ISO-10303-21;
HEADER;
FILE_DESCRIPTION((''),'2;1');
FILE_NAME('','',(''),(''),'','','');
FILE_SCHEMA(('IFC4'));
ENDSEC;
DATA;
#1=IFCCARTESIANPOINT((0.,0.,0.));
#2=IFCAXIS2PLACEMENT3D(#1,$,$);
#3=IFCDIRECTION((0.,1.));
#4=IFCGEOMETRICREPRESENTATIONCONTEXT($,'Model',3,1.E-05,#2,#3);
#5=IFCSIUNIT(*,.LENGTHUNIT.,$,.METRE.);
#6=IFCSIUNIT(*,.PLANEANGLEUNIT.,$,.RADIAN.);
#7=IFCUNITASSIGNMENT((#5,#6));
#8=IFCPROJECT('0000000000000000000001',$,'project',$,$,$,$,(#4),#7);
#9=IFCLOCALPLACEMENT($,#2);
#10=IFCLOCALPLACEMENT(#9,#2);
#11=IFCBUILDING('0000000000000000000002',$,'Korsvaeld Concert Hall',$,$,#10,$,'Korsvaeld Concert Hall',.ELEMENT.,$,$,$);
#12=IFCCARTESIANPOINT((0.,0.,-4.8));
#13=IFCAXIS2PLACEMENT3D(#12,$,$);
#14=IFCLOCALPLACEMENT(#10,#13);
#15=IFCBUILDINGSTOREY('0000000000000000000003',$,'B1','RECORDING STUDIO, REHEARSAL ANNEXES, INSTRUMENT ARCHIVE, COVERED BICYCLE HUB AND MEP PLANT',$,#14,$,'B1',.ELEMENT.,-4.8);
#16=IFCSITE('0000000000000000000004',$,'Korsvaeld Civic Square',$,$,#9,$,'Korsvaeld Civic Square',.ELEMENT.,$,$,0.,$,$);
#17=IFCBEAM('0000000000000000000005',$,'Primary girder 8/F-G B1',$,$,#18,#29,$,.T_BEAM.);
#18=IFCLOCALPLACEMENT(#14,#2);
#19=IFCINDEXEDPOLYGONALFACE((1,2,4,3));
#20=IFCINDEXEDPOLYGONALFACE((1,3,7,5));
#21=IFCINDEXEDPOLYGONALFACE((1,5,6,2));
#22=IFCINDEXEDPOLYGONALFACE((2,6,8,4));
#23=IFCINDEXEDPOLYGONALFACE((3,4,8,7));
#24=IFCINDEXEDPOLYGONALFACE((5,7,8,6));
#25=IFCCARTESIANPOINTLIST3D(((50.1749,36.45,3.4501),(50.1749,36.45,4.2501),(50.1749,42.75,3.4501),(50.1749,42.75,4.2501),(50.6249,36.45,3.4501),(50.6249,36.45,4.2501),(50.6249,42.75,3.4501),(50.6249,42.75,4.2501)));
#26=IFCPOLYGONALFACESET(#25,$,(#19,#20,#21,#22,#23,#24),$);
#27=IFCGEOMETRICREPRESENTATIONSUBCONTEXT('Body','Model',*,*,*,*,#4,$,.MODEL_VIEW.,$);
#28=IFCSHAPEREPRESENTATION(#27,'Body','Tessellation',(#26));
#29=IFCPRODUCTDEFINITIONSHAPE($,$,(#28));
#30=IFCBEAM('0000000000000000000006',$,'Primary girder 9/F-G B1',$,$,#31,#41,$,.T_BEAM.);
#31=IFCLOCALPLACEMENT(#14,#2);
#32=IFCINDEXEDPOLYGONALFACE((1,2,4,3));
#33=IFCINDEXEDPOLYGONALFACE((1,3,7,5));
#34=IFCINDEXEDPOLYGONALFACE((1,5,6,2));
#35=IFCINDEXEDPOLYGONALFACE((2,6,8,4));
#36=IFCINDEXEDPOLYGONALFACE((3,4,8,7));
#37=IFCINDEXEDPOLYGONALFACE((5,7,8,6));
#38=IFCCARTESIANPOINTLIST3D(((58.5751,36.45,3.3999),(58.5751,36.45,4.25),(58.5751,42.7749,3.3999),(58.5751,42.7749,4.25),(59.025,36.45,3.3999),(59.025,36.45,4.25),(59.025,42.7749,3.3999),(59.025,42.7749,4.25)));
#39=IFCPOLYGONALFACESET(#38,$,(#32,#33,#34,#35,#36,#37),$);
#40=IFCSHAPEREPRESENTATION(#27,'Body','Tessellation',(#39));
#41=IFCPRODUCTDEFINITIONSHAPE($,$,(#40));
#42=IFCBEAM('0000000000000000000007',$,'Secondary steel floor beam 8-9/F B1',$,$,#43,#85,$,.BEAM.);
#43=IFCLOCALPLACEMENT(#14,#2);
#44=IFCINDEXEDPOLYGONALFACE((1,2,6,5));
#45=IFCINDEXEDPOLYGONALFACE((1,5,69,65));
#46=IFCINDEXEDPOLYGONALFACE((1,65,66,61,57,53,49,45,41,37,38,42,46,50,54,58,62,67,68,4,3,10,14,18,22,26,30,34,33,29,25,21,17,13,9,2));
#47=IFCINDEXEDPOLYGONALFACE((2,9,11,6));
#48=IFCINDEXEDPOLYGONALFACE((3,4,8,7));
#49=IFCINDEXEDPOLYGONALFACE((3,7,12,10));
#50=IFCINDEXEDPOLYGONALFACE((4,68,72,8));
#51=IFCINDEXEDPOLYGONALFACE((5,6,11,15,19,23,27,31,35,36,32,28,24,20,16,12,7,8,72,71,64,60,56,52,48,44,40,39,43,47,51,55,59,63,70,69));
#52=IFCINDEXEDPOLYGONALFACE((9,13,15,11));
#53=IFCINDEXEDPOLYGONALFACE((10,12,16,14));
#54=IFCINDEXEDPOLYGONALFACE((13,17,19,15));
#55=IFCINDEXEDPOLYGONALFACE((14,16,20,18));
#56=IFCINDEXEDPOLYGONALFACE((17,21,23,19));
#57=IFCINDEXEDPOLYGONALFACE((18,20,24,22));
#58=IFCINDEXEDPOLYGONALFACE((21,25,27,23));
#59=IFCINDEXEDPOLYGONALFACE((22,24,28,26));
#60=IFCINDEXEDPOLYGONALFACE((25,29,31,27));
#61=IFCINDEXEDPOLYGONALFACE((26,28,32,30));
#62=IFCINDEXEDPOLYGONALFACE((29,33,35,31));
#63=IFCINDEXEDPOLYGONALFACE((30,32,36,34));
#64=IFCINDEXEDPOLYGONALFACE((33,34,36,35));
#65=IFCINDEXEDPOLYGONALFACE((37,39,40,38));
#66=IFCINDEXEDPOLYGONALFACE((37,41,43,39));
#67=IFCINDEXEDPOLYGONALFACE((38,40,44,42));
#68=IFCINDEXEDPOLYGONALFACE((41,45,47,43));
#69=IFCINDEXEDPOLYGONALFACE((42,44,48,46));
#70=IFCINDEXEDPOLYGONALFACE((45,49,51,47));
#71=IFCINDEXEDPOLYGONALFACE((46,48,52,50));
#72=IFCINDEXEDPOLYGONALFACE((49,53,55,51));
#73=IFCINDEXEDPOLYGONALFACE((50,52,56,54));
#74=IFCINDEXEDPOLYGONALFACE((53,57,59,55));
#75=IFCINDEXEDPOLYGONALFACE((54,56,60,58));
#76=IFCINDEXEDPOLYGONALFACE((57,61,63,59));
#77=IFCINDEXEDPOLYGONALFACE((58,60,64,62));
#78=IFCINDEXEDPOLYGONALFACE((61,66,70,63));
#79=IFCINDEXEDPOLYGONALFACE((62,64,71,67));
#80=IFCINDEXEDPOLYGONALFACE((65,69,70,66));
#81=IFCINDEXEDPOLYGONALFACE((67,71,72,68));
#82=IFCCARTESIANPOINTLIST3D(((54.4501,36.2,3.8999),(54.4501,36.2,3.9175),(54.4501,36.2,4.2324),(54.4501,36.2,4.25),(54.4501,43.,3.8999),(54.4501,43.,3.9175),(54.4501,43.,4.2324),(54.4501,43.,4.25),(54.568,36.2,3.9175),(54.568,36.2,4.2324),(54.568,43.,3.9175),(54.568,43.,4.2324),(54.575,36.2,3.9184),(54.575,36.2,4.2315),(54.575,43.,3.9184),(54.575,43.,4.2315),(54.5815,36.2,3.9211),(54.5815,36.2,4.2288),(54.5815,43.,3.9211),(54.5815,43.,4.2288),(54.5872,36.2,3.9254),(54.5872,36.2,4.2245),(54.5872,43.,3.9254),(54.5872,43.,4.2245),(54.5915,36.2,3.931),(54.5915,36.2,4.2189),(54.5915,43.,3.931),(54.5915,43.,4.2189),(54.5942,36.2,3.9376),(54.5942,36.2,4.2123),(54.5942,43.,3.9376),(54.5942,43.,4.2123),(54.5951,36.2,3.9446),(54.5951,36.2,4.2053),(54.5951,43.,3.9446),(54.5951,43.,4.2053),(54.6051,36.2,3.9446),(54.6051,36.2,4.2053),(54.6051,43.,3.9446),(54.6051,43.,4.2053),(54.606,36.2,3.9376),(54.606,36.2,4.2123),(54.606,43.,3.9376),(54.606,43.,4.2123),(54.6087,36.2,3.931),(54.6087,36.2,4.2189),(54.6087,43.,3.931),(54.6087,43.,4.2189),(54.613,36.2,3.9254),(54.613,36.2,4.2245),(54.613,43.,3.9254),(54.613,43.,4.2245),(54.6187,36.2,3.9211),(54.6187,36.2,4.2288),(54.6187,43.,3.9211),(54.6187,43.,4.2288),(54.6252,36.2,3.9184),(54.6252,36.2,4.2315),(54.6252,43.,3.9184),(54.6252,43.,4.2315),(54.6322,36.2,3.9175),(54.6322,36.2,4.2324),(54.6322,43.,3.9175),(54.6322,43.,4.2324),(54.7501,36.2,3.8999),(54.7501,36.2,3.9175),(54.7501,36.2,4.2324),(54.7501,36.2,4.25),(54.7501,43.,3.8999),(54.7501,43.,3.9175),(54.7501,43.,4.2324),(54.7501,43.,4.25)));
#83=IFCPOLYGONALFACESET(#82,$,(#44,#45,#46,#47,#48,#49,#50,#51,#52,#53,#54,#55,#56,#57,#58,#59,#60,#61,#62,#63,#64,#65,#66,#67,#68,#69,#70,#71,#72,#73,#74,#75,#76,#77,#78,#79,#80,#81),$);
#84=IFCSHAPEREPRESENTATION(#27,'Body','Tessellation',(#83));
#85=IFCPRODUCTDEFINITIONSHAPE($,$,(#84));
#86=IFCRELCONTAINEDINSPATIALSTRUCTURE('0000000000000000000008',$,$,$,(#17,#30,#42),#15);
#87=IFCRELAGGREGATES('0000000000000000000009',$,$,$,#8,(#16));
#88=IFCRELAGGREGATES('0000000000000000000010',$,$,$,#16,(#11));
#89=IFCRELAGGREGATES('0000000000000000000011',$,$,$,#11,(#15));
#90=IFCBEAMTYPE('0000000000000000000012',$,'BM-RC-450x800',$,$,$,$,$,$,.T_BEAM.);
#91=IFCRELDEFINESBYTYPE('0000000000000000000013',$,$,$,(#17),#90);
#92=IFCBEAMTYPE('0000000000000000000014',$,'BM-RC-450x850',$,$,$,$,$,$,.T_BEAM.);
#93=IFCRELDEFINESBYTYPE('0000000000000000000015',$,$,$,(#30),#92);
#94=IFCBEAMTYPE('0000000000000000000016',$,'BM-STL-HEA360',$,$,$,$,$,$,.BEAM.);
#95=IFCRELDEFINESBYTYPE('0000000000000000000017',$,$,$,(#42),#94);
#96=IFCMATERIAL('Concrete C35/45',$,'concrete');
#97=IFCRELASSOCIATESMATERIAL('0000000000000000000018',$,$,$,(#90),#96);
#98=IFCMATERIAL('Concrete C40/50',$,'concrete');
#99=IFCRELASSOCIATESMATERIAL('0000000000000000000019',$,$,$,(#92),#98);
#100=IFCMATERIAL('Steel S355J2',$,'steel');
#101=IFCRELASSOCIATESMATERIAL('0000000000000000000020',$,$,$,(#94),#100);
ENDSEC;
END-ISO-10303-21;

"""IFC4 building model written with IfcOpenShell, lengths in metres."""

from ifc_helpers import new_model, si_unit, direction, frame, origin, origin_2d, place, context, subcontext, project, spatial, rectangle, i_section, extrude, material, material_profile, profile_set, type_object, element, save


model = new_model("IFC4")

# Units and contexts
model_context = context("Model", 3, precision=1e-05, world=origin(), true_north=direction((0.0, 1.0)))
body_context = subcontext(model_context, "Body", "Model", "MODEL_VIEW")
ifc_project = project(units=[si_unit("LENGTHUNIT", "METRE"), si_unit("PLANEANGLEUNIT", "RADIAN")], contexts=[model_context])

# Site, building, storey
site_placement = place(None, origin())
site = spatial("IfcSite", under=ifc_project, at=site_placement, Name="Korsvaeld Civic Square", LongName="Korsvaeld Civic Square", CompositionType="ELEMENT", RefElevation=0.0)
building_placement = place(site_placement, origin())
building = spatial("IfcBuilding", under=site, at=building_placement, Name="Korsvaeld Concert Hall", LongName="Korsvaeld Concert Hall", CompositionType="ELEMENT")
storey_placement = place(building_placement, frame((0.0, 0.0, -4.8)))
storey = spatial("IfcBuildingStorey", under=building, at=storey_placement, Name="B1", Description="RECORDING STUDIO, REHEARSAL ANNEXES, INSTRUMENT ARCHIVE, COVERED BICYCLE HUB AND MEP PLANT", LongName="B1", CompositionType="ELEMENT", Elevation=-4.8)

# Shared definitions
ifc_material_1 = material(Name="Concrete C35/45", Category="concrete")

# Shared definitions
ifc_material_2 = material(Name="Concrete C40/50", Category="concrete")

# Beams
ifc_material_profile_1 = material_profile(ifc_material_1, rectangle(XDim=0.45, YDim=0.8, at=origin_2d()), Name="RC 450x800")
ifc_profile_set_1 = profile_set([ifc_material_profile_1], Name="Concrete C35/45")
beam_type_1 = type_object("IfcBeamType", Name="BM-RC-450x800", PredefinedType="T_BEAM", material=ifc_profile_set_1)
beam_1_placement = place(storey_placement, frame((50.3999, 36.45, 3.8501), z_axis=(0.0, 1.0, 0.0), x_axis=(-1.0, 0.0, 0.0)))
element("IfcBeam", 1, at=beam_1_placement, inside=storey, type_object=beam_type_1, Name="Primary girder 8/F-G B1", PredefinedType="T_BEAM", context=body_context, shape_type="SweptSolid", body=[
    extrude(rectangle(XDim=0.45, YDim=0.8, at=origin_2d()), origin(), (0.0, 0.0, 1.0), 6.3),
])
ifc_material_profile_2 = material_profile(ifc_material_2, rectangle(XDim=0.45, YDim=0.8501, at=origin_2d()), Name="RC 450x850")
ifc_profile_set_2 = profile_set([ifc_material_profile_2], Name="Concrete C40/50")
beam_type_2 = type_object("IfcBeamType", Name="BM-RC-450x850", PredefinedType="T_BEAM", material=ifc_profile_set_2)
beam_2_placement = place(storey_placement, frame((58.8, 36.45, 3.825), z_axis=(0.0, 1.0, 0.0), x_axis=(-1.0, 0.0, 0.0)))
element("IfcBeam", 2, at=beam_2_placement, inside=storey, type_object=beam_type_2, Name="Primary girder 9/F-G B1", PredefinedType="T_BEAM", context=body_context, shape_type="SweptSolid", body=[
    extrude(rectangle(XDim=0.45, YDim=0.8501, at=origin_2d()), origin(), (0.0, 0.0, 1.0), 6.325),
])
ifc_material_3 = material(Name="Steel S355J2", Category="steel")
ifc_material_profile_3 = material_profile(ifc_material_3, i_section(OverallWidth=0.3, OverallDepth=0.3501, WebThickness=0.01, FlangeThickness=0.0176, FilletRadius=0.0271, at=origin_2d()), Name="HEA 360")
ifc_profile_set_3 = profile_set([ifc_material_profile_3], Name="Steel S355J2")
beam_type_3 = type_object("IfcBeamType", Name="BM-STL-HEA360", PredefinedType="BEAM", material=ifc_profile_set_3)
beam_3_placement = place(storey_placement, frame((54.6001, 36.2, 4.075), z_axis=(0.0, 1.0, 0.0), x_axis=(-1.0, 0.0, 0.0)))
element("IfcBeam", 3, at=beam_3_placement, inside=storey, type_object=beam_type_3, Name="Secondary steel floor beam 8-9/F B1", PredefinedType="BEAM", context=body_context, shape_type="SweptSolid", body=[
    extrude(i_section(OverallWidth=0.3, OverallDepth=0.3501, WebThickness=0.01, FlangeThickness=0.0176, FilletRadius=0.0271, at=origin_2d()), origin(), (0.0, 0.0, 1.0), 6.8),
])

save(model, "model.ifc")
